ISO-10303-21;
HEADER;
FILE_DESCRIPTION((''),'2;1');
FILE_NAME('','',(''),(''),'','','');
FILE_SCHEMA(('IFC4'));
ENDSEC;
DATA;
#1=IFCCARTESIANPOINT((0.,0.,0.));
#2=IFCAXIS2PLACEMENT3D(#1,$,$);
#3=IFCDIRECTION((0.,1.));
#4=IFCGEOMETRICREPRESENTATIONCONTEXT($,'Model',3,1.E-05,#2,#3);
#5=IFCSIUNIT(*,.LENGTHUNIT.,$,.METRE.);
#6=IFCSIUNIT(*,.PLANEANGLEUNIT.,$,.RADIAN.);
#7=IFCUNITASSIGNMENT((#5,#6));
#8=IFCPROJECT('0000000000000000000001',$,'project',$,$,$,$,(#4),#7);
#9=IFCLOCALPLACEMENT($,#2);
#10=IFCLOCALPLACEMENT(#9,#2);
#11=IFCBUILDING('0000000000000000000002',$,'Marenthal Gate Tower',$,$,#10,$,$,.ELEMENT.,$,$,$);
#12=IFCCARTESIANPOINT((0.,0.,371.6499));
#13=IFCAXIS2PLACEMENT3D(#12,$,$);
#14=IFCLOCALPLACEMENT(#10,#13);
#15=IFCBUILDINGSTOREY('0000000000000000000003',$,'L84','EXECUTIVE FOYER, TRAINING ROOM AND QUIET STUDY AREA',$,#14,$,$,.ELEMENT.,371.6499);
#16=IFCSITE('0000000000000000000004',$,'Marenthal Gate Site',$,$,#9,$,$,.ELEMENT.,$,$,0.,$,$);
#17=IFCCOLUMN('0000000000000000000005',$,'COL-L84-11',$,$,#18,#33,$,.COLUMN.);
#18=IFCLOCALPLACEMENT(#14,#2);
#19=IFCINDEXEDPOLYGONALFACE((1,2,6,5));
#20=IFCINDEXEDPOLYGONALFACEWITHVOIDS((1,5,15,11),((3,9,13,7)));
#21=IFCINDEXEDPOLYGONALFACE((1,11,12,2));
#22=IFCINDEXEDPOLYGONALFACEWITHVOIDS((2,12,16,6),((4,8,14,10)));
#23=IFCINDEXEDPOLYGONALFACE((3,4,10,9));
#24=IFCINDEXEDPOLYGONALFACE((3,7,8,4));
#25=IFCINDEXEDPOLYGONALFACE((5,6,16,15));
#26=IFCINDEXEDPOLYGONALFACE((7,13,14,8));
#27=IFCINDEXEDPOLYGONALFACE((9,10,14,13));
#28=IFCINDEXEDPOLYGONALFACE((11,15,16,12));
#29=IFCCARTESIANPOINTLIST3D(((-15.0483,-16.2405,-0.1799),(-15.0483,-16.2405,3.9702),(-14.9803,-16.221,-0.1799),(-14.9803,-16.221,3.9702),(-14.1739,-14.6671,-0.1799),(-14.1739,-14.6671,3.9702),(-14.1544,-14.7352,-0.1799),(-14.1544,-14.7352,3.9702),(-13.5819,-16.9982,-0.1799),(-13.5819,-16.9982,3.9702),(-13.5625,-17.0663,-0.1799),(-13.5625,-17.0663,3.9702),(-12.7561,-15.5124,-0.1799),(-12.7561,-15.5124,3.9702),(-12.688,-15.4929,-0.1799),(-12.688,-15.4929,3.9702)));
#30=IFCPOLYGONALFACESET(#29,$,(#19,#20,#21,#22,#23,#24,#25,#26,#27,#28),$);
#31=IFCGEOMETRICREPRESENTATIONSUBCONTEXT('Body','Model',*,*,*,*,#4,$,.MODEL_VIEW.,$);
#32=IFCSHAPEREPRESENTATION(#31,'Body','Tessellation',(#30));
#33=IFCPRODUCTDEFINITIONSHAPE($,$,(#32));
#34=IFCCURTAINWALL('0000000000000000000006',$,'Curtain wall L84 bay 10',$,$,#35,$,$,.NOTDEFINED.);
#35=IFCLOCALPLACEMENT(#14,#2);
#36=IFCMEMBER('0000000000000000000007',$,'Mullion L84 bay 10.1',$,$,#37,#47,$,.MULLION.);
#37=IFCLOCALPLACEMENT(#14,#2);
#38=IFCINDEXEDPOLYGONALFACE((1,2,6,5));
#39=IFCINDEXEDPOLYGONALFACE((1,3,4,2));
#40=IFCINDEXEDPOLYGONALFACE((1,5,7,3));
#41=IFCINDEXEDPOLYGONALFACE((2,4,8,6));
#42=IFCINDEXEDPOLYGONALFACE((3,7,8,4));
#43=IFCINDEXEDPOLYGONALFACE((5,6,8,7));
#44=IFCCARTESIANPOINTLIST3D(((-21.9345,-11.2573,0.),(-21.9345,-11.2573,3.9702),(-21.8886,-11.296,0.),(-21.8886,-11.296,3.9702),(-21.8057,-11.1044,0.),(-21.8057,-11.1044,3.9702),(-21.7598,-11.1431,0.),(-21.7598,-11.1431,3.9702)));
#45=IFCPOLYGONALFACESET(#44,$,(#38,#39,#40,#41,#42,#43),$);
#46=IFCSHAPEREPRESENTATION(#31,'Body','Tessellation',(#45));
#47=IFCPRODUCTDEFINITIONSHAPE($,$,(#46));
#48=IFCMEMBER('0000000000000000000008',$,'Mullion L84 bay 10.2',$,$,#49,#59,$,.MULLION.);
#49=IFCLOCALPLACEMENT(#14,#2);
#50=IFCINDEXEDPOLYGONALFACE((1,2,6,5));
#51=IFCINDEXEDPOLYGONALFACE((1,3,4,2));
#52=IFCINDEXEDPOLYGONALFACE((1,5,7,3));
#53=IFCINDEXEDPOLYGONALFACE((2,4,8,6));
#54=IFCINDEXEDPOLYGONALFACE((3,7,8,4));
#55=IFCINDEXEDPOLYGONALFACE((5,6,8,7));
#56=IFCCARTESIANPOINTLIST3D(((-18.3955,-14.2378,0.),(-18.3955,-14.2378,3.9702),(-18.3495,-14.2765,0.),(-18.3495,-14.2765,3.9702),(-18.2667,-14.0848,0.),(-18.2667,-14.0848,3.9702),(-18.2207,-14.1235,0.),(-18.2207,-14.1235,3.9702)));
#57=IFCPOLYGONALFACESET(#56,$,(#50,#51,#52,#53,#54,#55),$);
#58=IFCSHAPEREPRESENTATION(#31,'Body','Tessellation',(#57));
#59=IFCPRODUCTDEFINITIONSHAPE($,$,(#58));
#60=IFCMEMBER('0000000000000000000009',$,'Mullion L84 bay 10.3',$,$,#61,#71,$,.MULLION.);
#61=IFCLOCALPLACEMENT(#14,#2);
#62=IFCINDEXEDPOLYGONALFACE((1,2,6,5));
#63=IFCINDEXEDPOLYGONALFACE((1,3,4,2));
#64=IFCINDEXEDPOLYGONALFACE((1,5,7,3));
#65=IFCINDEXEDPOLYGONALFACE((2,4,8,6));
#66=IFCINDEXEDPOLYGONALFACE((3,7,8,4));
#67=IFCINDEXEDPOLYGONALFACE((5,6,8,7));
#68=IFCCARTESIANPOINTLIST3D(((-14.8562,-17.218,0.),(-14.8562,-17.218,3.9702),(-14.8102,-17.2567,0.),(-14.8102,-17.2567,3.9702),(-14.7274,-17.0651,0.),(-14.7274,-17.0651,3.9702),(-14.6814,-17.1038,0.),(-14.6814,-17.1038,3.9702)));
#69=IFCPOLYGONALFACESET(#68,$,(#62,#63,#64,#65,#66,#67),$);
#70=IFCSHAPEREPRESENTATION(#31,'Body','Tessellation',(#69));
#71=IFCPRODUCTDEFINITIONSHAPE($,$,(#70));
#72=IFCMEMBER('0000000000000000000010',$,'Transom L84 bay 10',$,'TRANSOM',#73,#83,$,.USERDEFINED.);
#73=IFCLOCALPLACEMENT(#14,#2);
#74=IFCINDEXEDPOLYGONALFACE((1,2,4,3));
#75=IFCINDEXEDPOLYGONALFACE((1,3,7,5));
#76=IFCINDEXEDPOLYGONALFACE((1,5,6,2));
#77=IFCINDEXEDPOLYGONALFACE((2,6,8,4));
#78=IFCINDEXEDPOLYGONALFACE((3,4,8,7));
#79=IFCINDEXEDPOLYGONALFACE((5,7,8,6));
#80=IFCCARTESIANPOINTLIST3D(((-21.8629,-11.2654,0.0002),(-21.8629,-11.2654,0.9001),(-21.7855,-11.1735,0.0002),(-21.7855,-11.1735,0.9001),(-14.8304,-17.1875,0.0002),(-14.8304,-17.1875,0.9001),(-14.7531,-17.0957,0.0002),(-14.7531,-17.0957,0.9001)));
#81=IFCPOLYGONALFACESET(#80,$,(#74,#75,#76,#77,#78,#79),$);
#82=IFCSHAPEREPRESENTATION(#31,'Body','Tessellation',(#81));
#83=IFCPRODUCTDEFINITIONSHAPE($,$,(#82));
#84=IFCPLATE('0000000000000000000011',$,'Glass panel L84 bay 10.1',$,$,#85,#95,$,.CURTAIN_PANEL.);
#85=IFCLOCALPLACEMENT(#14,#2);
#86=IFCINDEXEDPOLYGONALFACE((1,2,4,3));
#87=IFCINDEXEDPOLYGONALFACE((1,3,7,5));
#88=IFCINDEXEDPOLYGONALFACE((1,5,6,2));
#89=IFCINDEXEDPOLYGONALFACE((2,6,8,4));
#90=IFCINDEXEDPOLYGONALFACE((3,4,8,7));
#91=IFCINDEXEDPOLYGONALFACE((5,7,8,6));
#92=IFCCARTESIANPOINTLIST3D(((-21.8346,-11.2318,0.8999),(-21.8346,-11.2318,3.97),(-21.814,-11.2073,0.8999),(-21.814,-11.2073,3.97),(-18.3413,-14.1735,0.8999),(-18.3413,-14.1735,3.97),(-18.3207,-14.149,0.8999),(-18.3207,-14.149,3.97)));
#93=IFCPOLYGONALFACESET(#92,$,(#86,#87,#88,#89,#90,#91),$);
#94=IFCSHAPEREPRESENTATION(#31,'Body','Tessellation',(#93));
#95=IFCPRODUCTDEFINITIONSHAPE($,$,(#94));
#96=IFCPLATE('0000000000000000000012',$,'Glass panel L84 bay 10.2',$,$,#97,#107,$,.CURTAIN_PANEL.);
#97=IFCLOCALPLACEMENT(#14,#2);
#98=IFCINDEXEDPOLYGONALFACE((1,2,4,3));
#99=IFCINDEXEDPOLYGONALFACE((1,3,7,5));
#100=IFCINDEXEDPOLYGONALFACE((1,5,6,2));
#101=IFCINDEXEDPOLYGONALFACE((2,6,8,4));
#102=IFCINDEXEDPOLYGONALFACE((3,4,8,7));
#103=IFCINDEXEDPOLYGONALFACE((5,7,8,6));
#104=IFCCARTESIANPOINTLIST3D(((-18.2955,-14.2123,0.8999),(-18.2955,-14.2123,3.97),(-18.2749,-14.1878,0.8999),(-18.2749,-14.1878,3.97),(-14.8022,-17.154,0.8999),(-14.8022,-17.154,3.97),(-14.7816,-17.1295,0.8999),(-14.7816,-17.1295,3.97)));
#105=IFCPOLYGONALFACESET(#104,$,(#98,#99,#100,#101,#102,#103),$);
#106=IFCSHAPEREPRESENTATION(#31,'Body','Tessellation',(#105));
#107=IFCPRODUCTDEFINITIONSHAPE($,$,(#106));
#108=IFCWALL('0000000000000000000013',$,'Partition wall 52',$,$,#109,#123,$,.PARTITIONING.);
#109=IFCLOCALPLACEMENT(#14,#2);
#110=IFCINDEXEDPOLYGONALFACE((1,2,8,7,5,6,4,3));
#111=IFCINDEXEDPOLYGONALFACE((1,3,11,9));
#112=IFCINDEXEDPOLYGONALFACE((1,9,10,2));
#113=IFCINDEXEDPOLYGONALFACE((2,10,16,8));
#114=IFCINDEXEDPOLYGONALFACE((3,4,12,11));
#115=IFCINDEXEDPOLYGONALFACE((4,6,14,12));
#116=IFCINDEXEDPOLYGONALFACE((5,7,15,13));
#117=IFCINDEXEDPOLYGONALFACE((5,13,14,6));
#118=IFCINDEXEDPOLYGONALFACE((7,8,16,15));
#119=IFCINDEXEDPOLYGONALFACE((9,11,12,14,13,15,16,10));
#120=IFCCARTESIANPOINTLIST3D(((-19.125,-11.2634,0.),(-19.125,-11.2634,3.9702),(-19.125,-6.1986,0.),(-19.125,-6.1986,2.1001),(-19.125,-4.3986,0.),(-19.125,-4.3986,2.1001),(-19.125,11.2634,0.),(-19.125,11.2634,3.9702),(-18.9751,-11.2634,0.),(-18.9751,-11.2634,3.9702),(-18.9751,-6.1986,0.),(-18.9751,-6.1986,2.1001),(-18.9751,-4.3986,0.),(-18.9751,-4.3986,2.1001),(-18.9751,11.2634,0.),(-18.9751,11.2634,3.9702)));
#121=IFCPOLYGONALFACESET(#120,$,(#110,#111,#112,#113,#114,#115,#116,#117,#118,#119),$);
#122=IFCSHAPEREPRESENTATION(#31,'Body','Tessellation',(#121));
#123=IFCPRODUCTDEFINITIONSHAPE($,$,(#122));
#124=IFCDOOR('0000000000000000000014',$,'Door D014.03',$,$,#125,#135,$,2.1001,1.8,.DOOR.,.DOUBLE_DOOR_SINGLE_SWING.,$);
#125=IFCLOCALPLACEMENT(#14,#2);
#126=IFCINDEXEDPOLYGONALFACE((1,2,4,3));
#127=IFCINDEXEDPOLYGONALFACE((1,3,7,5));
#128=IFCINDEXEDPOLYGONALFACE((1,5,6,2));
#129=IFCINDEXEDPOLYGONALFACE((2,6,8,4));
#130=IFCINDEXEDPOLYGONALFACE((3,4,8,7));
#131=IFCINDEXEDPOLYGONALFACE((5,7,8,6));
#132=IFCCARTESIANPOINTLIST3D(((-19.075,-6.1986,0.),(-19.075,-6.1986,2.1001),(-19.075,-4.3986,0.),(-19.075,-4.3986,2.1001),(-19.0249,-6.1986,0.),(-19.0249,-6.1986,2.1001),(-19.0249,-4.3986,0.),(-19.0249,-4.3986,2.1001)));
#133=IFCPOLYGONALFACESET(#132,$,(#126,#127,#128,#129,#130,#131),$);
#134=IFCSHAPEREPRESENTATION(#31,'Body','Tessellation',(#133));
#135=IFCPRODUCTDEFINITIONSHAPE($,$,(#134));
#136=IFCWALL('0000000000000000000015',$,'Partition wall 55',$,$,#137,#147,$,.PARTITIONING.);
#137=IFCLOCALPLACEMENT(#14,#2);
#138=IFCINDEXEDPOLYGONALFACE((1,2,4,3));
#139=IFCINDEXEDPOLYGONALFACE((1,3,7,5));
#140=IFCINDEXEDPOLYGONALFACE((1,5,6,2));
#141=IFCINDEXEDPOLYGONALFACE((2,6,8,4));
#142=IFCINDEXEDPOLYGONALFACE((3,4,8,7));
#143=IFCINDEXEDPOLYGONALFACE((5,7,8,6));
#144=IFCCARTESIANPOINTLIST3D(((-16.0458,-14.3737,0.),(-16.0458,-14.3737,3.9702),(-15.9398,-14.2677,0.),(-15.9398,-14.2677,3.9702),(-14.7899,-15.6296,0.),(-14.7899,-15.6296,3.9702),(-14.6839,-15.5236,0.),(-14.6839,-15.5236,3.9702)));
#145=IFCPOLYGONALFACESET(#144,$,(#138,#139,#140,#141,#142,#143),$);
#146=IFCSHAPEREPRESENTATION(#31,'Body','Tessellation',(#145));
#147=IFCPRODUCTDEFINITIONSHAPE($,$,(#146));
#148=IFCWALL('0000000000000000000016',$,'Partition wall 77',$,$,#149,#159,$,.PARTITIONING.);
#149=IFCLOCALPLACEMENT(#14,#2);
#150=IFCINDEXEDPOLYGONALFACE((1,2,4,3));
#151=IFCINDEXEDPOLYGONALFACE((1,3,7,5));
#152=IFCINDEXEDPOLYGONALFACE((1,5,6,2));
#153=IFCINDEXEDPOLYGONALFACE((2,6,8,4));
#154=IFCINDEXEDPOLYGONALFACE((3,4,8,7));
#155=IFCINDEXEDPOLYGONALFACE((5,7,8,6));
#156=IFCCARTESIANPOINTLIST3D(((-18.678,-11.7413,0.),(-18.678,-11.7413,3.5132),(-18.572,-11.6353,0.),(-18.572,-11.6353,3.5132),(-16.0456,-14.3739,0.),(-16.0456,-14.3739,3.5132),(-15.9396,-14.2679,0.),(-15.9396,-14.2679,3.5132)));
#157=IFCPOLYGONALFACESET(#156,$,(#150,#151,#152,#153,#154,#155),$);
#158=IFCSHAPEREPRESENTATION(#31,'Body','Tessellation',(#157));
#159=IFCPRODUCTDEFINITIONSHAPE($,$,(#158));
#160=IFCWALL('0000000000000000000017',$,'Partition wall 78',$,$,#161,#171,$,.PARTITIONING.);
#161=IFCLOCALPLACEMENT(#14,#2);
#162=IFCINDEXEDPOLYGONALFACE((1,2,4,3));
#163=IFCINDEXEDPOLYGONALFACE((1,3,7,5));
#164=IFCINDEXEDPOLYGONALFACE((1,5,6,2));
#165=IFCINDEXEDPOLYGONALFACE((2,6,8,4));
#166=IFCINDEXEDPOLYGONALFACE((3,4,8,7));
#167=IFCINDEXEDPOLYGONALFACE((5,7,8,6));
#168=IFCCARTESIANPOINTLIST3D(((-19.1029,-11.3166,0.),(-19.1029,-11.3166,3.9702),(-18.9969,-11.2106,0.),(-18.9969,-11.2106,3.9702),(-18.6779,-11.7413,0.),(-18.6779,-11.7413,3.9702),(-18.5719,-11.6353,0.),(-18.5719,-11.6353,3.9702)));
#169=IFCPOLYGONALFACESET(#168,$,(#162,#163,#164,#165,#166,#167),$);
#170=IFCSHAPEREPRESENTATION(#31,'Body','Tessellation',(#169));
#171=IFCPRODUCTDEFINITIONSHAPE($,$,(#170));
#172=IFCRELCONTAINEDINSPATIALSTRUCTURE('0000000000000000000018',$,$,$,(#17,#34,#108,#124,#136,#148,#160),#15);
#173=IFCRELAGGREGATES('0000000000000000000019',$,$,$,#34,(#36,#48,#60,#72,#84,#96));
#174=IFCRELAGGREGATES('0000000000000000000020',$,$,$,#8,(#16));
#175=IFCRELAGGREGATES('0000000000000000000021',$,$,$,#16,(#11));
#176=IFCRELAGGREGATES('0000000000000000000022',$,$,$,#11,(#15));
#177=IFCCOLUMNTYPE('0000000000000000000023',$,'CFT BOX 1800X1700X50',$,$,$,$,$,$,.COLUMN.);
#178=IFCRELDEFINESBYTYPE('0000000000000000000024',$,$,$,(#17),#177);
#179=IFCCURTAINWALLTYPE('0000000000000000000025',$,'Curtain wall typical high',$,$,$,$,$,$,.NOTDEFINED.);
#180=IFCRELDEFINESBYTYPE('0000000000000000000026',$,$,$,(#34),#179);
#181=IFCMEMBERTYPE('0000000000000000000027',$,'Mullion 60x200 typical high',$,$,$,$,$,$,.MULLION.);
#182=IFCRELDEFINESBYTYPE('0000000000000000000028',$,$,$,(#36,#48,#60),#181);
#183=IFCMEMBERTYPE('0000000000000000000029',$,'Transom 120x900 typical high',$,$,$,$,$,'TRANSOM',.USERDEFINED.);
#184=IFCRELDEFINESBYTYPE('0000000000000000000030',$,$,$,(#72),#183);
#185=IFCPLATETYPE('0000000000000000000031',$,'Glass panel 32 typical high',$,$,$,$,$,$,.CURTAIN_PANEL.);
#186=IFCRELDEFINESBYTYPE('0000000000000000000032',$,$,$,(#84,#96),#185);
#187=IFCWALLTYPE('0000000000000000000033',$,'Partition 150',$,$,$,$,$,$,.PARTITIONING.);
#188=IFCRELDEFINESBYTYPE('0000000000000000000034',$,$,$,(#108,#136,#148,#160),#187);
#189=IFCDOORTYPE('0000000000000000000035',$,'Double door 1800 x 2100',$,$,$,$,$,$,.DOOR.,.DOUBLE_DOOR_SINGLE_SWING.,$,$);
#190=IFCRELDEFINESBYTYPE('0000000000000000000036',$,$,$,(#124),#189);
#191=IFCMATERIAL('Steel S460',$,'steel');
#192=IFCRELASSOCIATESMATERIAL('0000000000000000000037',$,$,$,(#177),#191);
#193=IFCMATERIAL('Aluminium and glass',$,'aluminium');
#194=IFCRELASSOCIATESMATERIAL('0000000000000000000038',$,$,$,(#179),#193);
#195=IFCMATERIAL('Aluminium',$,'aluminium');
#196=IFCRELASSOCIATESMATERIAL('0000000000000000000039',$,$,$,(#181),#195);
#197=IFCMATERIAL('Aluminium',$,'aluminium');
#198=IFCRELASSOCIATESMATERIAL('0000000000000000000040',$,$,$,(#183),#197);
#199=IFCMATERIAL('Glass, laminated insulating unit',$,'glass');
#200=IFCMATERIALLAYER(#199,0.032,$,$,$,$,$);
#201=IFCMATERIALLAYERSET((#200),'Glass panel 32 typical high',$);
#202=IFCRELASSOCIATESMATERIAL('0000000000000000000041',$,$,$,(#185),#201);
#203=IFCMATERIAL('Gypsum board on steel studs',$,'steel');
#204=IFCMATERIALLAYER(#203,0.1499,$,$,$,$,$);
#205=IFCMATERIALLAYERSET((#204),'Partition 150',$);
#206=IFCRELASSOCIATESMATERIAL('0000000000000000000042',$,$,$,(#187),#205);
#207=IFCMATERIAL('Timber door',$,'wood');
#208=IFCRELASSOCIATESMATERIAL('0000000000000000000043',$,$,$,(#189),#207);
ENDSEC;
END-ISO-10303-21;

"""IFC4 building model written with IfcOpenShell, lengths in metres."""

from ifc_helpers import new_model, si_unit, direction, frame, frame_2d, origin, origin_2d, place, context, subcontext, project, spatial, rectangle, hollow_rectangle, extrude, material, layer, layer_set, material_profile, profile_set, type_object, element, fill, aggregate, save


model = new_model("IFC4")

# Units and contexts
model_context = context("Model", 3, precision=1e-05, world=origin(), true_north=direction((0.0, 1.0)))
body_context = subcontext(model_context, "Body", "Model", "MODEL_VIEW")
ifc_project = project(units=[si_unit("LENGTHUNIT", "METRE"), si_unit("PLANEANGLEUNIT", "RADIAN")], contexts=[model_context])

# Site, building, storey
site_placement = place(None, origin())
site = spatial("IfcSite", under=ifc_project, at=site_placement, Name="Marenthal Gate Site", CompositionType="ELEMENT", RefElevation=0.0)
building_placement = place(site_placement, origin())
building = spatial("IfcBuilding", under=site, at=building_placement, Name="Marenthal Gate Tower", CompositionType="ELEMENT")
storey_placement = place(building_placement, frame((0.0, 0.0, 371.6499)))
storey = spatial("IfcBuildingStorey", under=building, at=storey_placement, Name="L84", Description="EXECUTIVE FOYER, TRAINING ROOM AND QUIET STUDY AREA", CompositionType="ELEMENT", Elevation=371.6499)

# Column
ifc_material_1 = material(Name="Steel S460", Category="steel")
ifc_material_profile_1 = material_profile(ifc_material_1, hollow_rectangle(XDim=1.7, YDim=1.8, WallThickness=0.05, at=origin_2d()), Name="CFT BOX 1800X1700X50")
ifc_material_2 = material(Name="Concrete 70 MPa", Category="concrete")
ifc_material_profile_2 = material_profile(ifc_material_2, rectangle(XDim=1.6001, YDim=1.7, at=origin_2d()), Name="CFT BOX 1800X1700X50 INFILL")
ifc_profile_set_1 = profile_set([ifc_material_profile_1, ifc_material_profile_2], Name="Steel S460 shell, Concrete 70 MPa infill")
column_type = type_object("IfcColumnType", Name="CFT BOX 1800X1700X50", PredefinedType="COLUMN", material=ifc_profile_set_1)
column_placement = place(storey_placement, frame((-13.8682, -15.8667, -0.1799), z_axis=(0.0, 0.0, 1.0), x_axis=(-0.874065, 0.485809, 0.0)))
element("IfcColumn", 1, at=column_placement, inside=storey, type_object=column_type, Name="COL-L84-11", PredefinedType="COLUMN", context=body_context, shape_type="SweptSolid", body=[
    extrude(hollow_rectangle(XDim=1.7, YDim=1.8, WallThickness=0.05, at=origin_2d()), origin(), (0.0, 0.0, 1.0), 4.1501),
])

# Curtain wall, members, plates
ifc_material_3 = material(Name="Aluminium and glass", Category="aluminium")
curtain_wall_type = type_object("IfcCurtainWallType", Name="Curtain wall typical high", PredefinedType="NOTDEFINED", material=ifc_material_3)
curtain_wall_placement = place(storey_placement, origin())
curtain_wall = element("IfcCurtainWall", 2, at=curtain_wall_placement, inside=storey, type_object=curtain_wall_type, Name="Curtain wall L84 bay 10", PredefinedType="NOTDEFINED")
ifc_material_4 = material(Name="Aluminium", Category="aluminium")
ifc_material_profile_3 = material_profile(ifc_material_4, rectangle(XDim=0.2, YDim=0.0601, at=origin_2d()), Name="60x200 aluminium mullion")
ifc_profile_set_2 = profile_set([ifc_material_profile_3], Name="Aluminium")
member_type_1 = type_object("IfcMemberType", Name="Mullion 60x200 typical high", PredefinedType="MULLION", material=ifc_profile_set_2)
member_1_placement = place(storey_placement, frame((-21.8472, -11.2002, 0.0), z_axis=(0.0, 0.0, 1.0), x_axis=(0.644135, 0.764912, 0.0)))
member_1 = element("IfcMember", 3, at=member_1_placement, type_object=member_type_1, Name="Mullion L84 bay 10.1", PredefinedType="MULLION", context=body_context, shape_type="SweptSolid", body=[
    extrude(rectangle(XDim=0.2, YDim=0.0601, at=origin_2d()), origin(), (0.0, 0.0, 1.0), 3.9702),
])
member_2_placement = place(storey_placement, frame((-18.3081, -14.1807, 0.0), z_axis=(0.0, 0.0, 1.0), x_axis=(0.644135, 0.764912, 0.0)))
member_2 = element("IfcMember", 4, at=member_2_placement, type_object=member_type_1, Name="Mullion L84 bay 10.2", PredefinedType="MULLION", context=body_context, shape_type="SweptSolid", body=[
    extrude(rectangle(XDim=0.2, YDim=0.0601, at=origin_2d()), origin(), (0.0, 0.0, 1.0), 3.9702),
])
member_3_placement = place(storey_placement, frame((-14.7688, -17.1609, 0.0), z_axis=(0.0, 0.0, 1.0), x_axis=(0.644135, 0.764912, 0.0)))
member_3 = element("IfcMember", 5, at=member_3_placement, type_object=member_type_1, Name="Mullion L84 bay 10.3", PredefinedType="MULLION", context=body_context, shape_type="SweptSolid", body=[
    extrude(rectangle(XDim=0.2, YDim=0.0601, at=origin_2d()), origin(), (0.0, 0.0, 1.0), 3.9702),
])
ifc_material_5 = material(Name="Aluminium", Category="aluminium")
ifc_material_profile_4 = material_profile(ifc_material_5, rectangle(XDim=0.1201, YDim=0.8999, at=origin_2d()), Name="120x900 aluminium transom")
ifc_profile_set_3 = profile_set([ifc_material_profile_4], Name="Aluminium")
member_type_2 = type_object("IfcMemberType", Name="Transom 120x900 typical high", ElementType="TRANSOM", PredefinedType="USERDEFINED", material=ifc_profile_set_3)
member_4_placement = place(storey_placement, frame((-21.8242, -11.2195, 0.4502), z_axis=(0.764909, -0.644138, 0.0), x_axis=(0.644138, 0.764909, 0.0)))
member_4 = element("IfcMember", 6, at=member_4_placement, type_object=member_type_2, Name="Transom L84 bay 10", ObjectType="TRANSOM", PredefinedType="USERDEFINED", context=body_context, shape_type="SweptSolid", body=[
    extrude(rectangle(XDim=0.1201, YDim=0.8999, at=origin_2d()), origin(), (0.0, 0.0, 1.0), 9.1938),
])
ifc_material_6 = material(Name="Glass, laminated insulating unit", Category="glass")
ifc_layer_1 = layer(ifc_material_6, 0.032)
ifc_layer_set_1 = layer_set([ifc_layer_1], Name="Glass panel 32 typical high")
plate_type = type_object("IfcPlateType", Name="Glass panel 32 typical high", PredefinedType="CURTAIN_PANEL", material=ifc_layer_set_1)
plate_1_placement = place(storey_placement, frame((-20.0776, -12.6904, 0.8999), z_axis=(0.0, 0.0, 1.0), x_axis=(0.764912, -0.644135, 0.0)))
plate_1 = element("IfcPlate", 7, at=plate_1_placement, type_object=plate_type, Name="Glass panel L84 bay 10.1", PredefinedType="CURTAIN_PANEL", context=body_context, shape_type="SweptSolid", body=[
    extrude(rectangle(XDim=4.5669, YDim=0.032, at=origin_2d()), origin(), (0.0, 0.0, 1.0), 3.0701),
])
plate_2_placement = place(storey_placement, frame((-16.5386, -15.6709, 0.8999), z_axis=(0.0, 0.0, 1.0), x_axis=(0.764912, -0.644135, 0.0)))
plate_2 = element("IfcPlate", 8, at=plate_2_placement, type_object=plate_type, Name="Glass panel L84 bay 10.2", PredefinedType="CURTAIN_PANEL", context=body_context, shape_type="SweptSolid", body=[
    extrude(rectangle(XDim=4.5669, YDim=0.032, at=origin_2d()), origin(), (0.0, 0.0, 1.0), 3.0701),
])
aggregate(curtain_wall, [member_1, member_2, member_3, member_4, plate_1, plate_2])

# Wall, opening, door
ifc_material_7 = material(Name="Gypsum board on steel studs", Category="steel")
ifc_layer_2 = layer(ifc_material_7, 0.1499)
ifc_layer_set_2 = layer_set([ifc_layer_2], Name="Partition 150")
wall_type_1 = type_object("IfcWallType", Name="Partition 150", PredefinedType="PARTITIONING", material=ifc_layer_set_2)
wall_1_placement = place(storey_placement, frame((-19.05, -11.2634, 0.0), z_axis=(0.0, 0.0, 1.0), x_axis=(0.0, 1.0, 0.0)))
wall_1 = element("IfcWall", 9, at=wall_1_placement, inside=storey, type_object=wall_type_1, Name="Partition wall 52", PredefinedType="PARTITIONING", context=body_context, shape_type="SweptSolid", body=[
    extrude(rectangle(XDim=22.5269, YDim=0.1499, at=frame_2d((11.2634, 0.0))), origin(), (0.0, 0.0, 1.0), 3.9702),
])
opening_1_placement = place(wall_1_placement, frame((5.0649, 0.0, 0.0)))
opening_1 = element("IfcOpeningElement", 10, at=opening_1_placement, cuts=wall_1, PredefinedType="OPENING", context=body_context, shape_type="SweptSolid", body=[
    extrude(rectangle(XDim=1.8, YDim=2.1001, at=frame_2d((0.8999, 1.05))), frame((0.0, 0.085, 0.0), z_axis=(0.0, -1.0, 0.0), x_axis=(1.0, 0.0, 0.0)), (0.0, 0.0, 1.0), 0.1699),
])
ifc_material_8 = material(Name="Timber door", Category="wood")
door_type_1 = type_object("IfcDoorType", Name="Double door 1800 x 2100", OperationType="DOUBLE_DOOR_SINGLE_SWING", PredefinedType="DOOR", material=ifc_material_8)
door_1_placement = place(opening_1_placement, origin())
door_1 = element("IfcDoor", 11, at=door_1_placement, inside=storey, type_object=door_type_1, Name="Door D014.03", OperationType="DOUBLE_DOOR_SINGLE_SWING", OverallHeight=2.1001, OverallWidth=1.8, PredefinedType="DOOR", context=body_context, shape_type="SweptSolid", body=[
    extrude(rectangle(XDim=1.8, YDim=2.1001, at=frame_2d((0.8999, 1.05))), frame((0.0, 0.0249, 0.0), z_axis=(0.0, -1.0, 0.0), x_axis=(1.0, 0.0, 0.0)), (0.0, 0.0, 1.0), 0.05),
])
fill(opening_1, door_1)

# Walls
wall_2_placement = place(storey_placement, frame((-14.7368, -15.5767, 0.0), z_axis=(0.0, 0.0, 1.0), x_axis=(-0.707107, 0.707107, 0.0)))
element("IfcWall", 12, at=wall_2_placement, inside=storey, type_object=wall_type_1, Name="Partition wall 55", PredefinedType="PARTITIONING", context=body_context, shape_type="SweptSolid", body=[
    extrude(rectangle(XDim=1.7761, YDim=0.1499, at=frame_2d((0.8882, 0.0))), origin(), (0.0, 0.0, 1.0), 3.9702),
])
wall_3_placement = place(storey_placement, frame((-15.9927, -14.3208, 0.0), z_axis=(0.0, 0.0, 1.0), x_axis=(-0.707074, 0.70714, 0.0)))
element("IfcWall", 13, at=wall_3_placement, inside=storey, type_object=wall_type_1, Name="Partition wall 77", PredefinedType="PARTITIONING", context=body_context, shape_type="SweptSolid", body=[
    extrude(rectangle(XDim=3.7229, YDim=0.1499, at=frame_2d((1.8613, 0.0))), origin(), (0.0, 0.0, 1.0), 3.5132),
])
wall_4_placement = place(storey_placement, frame((-18.625, -11.6882, 0.0), z_axis=(0.0, 0.0, 1.0), x_axis=(-0.70731, 0.706904, 0.0)))
element("IfcWall", 14, at=wall_4_placement, inside=storey, type_object=wall_type_1, Name="Partition wall 78", PredefinedType="PARTITIONING", context=body_context, shape_type="SweptSolid", body=[
    extrude(rectangle(XDim=0.6008, YDim=0.1499, at=frame_2d((0.3003, 0.0))), origin(), (0.0, 0.0, 1.0), 3.9702),
])

save(model, "model.ifc")
